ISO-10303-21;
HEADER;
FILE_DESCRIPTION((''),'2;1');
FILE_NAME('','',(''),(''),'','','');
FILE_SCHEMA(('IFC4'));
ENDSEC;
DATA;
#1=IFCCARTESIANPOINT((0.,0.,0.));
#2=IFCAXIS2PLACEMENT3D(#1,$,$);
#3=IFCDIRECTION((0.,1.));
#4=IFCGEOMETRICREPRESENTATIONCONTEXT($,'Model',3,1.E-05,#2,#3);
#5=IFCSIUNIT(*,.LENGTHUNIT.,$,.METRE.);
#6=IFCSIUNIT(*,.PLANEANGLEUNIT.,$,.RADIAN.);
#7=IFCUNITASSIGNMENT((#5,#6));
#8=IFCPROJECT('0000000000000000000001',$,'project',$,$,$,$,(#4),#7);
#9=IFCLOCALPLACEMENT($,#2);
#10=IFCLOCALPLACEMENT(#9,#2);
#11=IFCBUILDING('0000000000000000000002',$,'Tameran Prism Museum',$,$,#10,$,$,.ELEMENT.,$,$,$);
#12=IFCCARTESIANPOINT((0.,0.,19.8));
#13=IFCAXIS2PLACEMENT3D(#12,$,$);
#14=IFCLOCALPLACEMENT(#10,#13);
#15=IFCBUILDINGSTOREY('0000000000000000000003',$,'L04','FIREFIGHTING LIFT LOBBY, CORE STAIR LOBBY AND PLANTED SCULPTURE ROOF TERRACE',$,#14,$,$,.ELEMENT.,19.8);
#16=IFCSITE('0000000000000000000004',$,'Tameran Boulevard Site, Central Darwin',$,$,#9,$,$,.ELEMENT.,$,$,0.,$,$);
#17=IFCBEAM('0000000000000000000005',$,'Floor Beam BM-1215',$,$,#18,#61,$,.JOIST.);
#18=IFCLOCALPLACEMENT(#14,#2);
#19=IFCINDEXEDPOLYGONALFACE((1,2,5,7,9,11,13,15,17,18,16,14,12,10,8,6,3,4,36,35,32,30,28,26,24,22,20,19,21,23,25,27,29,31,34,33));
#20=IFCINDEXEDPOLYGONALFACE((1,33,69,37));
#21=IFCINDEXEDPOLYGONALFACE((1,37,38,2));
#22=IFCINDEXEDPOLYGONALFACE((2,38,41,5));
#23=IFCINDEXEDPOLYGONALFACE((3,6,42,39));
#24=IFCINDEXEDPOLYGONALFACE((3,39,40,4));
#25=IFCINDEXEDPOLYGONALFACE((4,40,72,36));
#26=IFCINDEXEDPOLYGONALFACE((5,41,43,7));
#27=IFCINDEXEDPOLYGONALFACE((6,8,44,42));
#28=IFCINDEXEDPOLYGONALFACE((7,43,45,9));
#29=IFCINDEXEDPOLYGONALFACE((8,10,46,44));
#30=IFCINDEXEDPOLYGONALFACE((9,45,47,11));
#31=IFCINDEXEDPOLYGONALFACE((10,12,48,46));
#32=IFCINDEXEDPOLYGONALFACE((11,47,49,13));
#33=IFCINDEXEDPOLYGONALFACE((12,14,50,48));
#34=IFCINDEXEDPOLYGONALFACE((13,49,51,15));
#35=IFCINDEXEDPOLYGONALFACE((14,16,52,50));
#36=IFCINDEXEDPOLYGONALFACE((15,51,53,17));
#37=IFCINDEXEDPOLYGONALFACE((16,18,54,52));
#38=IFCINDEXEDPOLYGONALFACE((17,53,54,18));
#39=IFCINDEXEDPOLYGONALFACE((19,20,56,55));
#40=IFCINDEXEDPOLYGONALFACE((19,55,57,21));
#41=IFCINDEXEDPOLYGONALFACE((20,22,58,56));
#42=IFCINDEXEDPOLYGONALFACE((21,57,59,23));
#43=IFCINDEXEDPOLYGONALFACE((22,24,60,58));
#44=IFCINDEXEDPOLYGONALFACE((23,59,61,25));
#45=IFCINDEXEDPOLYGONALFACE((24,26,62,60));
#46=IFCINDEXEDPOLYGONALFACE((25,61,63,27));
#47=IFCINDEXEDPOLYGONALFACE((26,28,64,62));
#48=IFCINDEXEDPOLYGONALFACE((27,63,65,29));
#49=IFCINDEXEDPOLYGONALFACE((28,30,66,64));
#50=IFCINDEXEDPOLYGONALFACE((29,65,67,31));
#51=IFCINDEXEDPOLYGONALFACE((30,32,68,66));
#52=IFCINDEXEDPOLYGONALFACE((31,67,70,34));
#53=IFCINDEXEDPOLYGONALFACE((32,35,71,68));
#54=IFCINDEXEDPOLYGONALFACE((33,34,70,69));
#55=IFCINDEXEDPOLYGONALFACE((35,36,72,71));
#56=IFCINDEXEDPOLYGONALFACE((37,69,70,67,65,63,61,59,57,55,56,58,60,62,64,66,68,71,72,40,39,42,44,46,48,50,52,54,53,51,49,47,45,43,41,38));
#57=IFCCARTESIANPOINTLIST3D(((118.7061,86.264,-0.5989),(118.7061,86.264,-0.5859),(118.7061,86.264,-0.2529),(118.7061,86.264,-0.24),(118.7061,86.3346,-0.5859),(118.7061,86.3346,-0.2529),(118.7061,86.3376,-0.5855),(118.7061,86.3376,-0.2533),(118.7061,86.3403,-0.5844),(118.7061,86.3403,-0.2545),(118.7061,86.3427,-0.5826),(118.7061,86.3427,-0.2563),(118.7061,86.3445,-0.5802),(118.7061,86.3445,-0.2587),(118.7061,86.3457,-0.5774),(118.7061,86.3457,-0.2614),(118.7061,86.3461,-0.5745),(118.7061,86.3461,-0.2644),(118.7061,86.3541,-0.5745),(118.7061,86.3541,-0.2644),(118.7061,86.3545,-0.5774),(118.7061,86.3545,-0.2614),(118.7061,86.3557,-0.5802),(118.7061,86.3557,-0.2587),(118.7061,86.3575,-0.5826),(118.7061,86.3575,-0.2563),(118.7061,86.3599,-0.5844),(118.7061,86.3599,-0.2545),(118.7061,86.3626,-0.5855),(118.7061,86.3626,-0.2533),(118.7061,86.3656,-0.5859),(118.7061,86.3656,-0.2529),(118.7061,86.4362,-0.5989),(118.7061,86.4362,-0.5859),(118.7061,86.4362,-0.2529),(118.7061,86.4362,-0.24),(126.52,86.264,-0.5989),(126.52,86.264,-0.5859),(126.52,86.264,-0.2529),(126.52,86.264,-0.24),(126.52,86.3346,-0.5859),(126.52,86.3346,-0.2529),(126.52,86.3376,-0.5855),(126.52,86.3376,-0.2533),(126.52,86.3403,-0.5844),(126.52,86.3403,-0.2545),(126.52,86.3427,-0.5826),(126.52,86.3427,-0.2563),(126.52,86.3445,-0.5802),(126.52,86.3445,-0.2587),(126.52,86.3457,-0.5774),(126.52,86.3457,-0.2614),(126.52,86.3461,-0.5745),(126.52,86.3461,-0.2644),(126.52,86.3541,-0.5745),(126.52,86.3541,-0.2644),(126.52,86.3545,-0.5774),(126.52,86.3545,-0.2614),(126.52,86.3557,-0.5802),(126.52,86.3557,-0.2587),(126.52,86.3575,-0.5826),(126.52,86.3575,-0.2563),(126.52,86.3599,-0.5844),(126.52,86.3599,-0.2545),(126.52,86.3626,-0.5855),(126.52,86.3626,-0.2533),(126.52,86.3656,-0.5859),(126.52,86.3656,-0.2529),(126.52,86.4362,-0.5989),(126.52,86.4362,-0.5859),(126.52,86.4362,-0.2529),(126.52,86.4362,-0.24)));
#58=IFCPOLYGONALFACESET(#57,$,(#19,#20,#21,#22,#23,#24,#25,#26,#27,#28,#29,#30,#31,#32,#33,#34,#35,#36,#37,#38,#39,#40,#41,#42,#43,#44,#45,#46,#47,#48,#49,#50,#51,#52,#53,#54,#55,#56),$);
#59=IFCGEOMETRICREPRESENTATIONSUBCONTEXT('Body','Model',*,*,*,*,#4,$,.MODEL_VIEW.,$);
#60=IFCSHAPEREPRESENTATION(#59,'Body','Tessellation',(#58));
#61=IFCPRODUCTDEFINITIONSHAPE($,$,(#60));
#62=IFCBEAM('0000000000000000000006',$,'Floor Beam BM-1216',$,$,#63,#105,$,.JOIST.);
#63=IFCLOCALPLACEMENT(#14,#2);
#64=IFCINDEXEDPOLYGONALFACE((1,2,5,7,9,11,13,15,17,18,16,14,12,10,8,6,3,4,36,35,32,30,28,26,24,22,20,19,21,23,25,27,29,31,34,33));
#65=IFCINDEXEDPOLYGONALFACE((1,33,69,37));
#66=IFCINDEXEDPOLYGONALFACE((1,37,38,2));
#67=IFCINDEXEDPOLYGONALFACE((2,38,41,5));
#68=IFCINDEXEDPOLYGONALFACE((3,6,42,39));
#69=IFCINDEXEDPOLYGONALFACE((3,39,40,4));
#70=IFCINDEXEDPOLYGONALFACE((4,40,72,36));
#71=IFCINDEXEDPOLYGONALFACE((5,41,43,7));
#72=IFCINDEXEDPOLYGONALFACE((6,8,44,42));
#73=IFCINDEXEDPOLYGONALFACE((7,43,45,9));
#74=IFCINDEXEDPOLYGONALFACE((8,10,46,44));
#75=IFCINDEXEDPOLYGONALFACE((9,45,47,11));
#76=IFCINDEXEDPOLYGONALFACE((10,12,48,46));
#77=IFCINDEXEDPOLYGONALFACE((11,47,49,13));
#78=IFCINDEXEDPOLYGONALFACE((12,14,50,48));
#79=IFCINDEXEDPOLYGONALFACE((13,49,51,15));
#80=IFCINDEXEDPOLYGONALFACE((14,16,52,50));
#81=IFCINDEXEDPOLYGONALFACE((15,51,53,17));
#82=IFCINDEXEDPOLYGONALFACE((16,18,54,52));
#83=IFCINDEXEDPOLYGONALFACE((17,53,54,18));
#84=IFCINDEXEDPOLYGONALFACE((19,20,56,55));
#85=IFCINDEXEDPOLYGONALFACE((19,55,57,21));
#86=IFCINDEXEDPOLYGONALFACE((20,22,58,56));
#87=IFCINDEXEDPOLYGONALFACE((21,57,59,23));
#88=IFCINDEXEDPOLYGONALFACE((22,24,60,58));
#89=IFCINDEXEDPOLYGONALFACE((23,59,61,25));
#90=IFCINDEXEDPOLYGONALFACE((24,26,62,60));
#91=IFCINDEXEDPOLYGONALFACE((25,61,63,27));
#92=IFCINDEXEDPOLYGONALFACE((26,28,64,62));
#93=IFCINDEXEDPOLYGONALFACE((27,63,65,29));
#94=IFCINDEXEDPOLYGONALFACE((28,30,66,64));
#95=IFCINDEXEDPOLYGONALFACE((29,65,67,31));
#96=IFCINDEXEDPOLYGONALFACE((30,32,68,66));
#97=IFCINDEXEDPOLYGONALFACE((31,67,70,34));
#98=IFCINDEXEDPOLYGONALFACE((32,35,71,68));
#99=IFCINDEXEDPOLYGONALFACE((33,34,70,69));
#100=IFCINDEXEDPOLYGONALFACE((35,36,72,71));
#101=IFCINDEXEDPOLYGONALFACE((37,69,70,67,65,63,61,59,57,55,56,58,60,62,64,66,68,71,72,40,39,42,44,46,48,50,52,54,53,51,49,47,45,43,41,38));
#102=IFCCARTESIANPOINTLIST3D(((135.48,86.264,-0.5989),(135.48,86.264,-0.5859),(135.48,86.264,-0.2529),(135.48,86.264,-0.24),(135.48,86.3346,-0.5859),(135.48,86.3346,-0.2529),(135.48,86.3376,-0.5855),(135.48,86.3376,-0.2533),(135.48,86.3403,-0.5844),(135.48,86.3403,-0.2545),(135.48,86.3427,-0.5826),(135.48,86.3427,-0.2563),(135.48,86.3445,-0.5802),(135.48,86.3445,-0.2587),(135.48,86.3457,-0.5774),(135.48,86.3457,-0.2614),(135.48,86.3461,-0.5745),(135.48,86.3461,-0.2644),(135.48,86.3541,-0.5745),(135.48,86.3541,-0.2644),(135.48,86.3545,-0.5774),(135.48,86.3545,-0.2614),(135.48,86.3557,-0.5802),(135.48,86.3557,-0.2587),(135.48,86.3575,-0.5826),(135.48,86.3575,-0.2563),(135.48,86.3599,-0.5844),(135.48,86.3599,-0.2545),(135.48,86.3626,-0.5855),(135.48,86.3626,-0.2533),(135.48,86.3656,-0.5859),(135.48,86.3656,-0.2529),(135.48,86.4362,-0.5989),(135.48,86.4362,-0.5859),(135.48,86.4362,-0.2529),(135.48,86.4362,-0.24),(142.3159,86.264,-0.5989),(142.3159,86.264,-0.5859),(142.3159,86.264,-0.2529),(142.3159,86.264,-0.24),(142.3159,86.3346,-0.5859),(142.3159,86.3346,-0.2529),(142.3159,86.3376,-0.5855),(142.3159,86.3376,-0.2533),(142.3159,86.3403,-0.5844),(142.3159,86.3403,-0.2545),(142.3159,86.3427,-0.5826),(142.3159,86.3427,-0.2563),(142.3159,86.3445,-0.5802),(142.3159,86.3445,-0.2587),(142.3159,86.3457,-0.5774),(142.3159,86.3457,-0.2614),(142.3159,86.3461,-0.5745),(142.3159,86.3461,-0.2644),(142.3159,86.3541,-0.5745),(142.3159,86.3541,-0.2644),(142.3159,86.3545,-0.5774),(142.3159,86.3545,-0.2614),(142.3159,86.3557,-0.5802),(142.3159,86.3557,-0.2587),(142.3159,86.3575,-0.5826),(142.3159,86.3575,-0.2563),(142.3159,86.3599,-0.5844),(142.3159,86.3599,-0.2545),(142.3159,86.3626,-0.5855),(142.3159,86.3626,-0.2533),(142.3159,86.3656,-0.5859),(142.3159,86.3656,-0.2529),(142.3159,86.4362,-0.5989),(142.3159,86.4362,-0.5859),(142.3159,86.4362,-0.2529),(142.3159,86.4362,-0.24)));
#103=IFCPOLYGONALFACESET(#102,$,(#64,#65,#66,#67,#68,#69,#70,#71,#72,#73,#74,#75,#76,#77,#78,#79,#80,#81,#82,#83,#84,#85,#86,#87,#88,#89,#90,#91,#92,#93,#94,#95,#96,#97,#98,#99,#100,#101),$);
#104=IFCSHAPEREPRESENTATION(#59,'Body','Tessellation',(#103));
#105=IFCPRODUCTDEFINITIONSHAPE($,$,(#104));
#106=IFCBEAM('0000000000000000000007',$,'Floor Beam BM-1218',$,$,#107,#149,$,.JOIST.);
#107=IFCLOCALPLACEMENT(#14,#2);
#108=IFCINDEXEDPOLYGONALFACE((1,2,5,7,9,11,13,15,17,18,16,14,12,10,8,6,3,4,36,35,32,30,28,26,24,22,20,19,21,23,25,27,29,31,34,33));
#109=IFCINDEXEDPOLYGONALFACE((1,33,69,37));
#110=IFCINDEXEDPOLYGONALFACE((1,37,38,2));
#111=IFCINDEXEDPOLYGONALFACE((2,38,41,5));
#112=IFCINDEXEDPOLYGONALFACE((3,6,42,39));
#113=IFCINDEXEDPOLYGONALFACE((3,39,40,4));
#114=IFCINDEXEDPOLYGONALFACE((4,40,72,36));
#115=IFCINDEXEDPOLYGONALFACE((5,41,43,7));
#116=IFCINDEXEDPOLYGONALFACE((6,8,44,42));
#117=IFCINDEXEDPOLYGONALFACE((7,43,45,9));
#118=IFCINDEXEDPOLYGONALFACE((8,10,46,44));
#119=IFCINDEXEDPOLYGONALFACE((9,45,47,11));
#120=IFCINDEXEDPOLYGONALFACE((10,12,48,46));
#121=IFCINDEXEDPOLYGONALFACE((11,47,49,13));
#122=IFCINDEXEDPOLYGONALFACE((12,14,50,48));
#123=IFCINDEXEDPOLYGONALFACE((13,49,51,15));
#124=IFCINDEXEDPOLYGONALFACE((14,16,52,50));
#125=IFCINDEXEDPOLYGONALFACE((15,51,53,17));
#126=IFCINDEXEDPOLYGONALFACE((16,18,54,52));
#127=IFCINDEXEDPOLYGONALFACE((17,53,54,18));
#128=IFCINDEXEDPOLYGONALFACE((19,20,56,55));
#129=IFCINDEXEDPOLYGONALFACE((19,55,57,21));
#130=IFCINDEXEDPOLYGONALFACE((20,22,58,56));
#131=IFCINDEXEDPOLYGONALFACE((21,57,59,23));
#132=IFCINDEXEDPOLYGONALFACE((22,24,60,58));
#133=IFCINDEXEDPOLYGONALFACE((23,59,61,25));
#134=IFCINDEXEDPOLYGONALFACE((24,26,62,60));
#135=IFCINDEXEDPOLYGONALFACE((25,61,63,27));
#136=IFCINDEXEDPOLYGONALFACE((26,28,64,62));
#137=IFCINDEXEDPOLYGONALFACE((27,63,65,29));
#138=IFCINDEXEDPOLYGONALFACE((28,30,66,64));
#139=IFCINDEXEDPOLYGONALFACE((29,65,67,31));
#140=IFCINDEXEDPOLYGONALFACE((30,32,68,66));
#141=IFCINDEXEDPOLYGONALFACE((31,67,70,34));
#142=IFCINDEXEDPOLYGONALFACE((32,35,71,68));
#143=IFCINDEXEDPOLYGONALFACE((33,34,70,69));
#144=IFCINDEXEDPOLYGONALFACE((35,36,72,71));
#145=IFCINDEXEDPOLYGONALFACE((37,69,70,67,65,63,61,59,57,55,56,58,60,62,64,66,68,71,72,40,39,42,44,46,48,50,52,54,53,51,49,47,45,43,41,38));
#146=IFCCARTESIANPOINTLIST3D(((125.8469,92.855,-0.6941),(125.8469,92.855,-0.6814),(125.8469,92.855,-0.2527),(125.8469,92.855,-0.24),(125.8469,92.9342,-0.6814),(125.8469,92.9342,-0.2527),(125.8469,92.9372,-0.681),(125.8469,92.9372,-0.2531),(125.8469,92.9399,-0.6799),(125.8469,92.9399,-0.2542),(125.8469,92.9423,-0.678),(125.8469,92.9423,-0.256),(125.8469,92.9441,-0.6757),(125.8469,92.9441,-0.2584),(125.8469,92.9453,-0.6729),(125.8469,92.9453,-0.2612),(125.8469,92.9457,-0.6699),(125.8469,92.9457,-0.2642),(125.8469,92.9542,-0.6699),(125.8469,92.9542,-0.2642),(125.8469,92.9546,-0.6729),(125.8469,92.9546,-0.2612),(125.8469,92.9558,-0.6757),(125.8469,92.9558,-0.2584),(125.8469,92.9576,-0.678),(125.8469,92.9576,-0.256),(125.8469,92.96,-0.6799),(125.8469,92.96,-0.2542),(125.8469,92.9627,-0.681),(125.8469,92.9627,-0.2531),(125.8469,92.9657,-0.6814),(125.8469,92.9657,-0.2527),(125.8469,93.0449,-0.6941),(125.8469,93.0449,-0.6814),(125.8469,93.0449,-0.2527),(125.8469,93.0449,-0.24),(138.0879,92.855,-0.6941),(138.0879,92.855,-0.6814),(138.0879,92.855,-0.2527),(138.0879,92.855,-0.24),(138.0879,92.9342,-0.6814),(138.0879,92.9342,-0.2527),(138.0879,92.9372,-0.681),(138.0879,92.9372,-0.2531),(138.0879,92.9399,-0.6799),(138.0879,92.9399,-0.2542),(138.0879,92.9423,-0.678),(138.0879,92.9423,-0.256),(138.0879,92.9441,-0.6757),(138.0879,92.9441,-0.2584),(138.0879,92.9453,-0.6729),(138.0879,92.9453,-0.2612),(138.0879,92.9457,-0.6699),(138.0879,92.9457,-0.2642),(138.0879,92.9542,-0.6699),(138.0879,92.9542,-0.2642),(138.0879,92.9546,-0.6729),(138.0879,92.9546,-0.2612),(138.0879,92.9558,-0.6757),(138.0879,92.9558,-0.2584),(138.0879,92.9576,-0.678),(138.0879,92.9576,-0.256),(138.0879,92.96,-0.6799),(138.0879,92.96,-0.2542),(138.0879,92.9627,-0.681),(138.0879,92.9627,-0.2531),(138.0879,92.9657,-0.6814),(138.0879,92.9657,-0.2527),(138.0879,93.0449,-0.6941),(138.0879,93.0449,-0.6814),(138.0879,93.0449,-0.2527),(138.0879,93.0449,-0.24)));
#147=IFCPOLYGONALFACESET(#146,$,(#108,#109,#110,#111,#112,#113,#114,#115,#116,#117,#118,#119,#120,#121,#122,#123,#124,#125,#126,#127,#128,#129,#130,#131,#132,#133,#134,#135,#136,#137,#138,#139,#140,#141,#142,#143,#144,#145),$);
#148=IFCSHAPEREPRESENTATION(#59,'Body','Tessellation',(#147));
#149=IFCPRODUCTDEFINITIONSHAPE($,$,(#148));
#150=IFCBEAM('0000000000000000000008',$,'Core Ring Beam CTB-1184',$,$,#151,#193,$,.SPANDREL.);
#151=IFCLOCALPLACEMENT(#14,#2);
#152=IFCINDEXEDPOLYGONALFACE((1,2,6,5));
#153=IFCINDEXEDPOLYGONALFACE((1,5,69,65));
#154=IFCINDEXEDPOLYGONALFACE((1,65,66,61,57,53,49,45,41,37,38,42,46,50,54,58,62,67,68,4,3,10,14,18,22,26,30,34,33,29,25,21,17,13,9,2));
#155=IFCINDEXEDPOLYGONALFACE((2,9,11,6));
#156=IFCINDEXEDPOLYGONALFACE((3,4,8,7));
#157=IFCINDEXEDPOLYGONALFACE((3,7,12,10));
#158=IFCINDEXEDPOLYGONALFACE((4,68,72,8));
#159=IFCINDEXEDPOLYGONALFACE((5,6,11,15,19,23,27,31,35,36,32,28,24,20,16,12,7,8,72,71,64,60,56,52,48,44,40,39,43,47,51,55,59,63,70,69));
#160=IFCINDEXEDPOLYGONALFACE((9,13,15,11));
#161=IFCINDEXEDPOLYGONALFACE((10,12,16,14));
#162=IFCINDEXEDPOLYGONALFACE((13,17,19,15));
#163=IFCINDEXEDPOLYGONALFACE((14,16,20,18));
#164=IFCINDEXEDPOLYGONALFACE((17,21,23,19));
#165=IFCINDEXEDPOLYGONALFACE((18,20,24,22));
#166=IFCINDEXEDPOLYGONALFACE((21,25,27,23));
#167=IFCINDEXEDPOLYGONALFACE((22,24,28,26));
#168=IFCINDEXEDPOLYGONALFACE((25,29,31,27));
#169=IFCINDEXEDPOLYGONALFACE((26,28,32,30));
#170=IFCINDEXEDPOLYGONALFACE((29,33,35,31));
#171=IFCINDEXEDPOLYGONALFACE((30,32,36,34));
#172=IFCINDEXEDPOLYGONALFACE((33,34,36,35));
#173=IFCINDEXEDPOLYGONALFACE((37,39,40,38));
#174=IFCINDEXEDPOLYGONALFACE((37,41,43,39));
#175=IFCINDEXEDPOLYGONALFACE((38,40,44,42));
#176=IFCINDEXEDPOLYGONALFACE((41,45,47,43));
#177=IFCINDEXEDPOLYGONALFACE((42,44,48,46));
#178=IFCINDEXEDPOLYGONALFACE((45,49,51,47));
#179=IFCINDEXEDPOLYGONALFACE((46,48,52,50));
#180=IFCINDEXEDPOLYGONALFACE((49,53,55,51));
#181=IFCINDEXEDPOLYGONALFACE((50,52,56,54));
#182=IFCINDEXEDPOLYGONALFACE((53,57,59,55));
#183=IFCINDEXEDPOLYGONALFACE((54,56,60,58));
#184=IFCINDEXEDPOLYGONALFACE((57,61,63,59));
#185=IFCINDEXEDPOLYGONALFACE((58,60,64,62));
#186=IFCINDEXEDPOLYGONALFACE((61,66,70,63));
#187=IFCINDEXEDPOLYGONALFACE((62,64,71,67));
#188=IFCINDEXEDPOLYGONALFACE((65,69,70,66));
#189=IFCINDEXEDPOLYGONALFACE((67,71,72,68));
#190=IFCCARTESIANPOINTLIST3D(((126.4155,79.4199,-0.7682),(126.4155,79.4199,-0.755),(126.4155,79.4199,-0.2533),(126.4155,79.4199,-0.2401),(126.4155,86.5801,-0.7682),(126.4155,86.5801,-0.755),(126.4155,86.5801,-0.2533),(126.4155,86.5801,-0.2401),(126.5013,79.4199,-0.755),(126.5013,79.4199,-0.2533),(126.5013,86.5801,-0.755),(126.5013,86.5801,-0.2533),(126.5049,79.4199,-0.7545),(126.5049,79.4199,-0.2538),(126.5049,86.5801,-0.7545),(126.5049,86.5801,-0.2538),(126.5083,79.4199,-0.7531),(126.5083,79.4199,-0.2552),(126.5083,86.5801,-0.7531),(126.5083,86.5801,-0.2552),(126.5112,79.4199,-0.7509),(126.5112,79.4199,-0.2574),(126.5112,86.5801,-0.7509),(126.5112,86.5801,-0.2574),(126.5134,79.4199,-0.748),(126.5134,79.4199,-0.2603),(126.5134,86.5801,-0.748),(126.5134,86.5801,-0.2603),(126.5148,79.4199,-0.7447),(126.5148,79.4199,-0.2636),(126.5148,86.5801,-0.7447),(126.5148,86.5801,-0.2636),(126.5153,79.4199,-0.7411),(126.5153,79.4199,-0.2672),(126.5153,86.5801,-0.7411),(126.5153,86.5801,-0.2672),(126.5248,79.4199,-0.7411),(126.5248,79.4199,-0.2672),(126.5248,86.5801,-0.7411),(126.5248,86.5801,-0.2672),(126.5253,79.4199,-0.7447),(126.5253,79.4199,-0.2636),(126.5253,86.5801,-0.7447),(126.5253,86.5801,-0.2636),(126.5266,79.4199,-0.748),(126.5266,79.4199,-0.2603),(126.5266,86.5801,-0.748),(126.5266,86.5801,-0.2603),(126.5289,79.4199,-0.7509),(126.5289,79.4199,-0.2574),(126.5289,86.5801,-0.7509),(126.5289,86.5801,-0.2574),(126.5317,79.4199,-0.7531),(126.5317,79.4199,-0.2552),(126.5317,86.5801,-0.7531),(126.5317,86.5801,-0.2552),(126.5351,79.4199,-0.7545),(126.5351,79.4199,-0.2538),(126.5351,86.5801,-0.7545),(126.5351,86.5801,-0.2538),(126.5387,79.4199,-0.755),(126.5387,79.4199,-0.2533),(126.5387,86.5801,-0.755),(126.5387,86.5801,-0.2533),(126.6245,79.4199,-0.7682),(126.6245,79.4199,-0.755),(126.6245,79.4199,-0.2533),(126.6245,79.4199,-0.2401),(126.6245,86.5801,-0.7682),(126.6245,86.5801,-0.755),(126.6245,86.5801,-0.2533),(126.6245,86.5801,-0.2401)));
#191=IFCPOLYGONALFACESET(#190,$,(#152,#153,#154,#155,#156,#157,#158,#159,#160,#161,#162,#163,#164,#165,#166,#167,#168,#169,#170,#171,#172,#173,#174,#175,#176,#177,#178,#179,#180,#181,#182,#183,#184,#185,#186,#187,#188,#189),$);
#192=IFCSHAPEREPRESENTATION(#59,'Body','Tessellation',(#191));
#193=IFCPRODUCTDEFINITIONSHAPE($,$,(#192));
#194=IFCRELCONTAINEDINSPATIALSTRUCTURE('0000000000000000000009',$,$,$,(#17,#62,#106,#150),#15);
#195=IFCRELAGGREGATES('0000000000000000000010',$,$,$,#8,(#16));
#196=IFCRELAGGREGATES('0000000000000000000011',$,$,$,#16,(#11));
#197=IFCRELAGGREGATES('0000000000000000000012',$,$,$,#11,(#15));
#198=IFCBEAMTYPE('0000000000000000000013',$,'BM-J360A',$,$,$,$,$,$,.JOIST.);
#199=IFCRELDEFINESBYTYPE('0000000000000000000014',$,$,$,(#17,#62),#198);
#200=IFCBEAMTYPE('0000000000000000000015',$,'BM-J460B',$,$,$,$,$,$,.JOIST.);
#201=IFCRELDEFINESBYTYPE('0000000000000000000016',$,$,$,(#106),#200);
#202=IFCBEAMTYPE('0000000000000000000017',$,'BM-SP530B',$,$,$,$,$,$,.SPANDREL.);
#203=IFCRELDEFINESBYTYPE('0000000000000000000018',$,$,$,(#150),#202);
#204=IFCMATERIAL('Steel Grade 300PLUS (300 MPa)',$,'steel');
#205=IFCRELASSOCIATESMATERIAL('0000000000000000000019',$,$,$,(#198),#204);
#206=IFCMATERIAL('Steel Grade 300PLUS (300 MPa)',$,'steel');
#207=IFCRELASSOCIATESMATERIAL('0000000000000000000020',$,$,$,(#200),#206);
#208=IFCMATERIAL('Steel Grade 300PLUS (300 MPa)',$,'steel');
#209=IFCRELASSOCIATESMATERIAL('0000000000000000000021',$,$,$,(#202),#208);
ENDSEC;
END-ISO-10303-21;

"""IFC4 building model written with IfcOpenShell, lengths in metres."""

from ifc_helpers import new_model, si_unit, direction, frame, origin, origin_2d, place, context, subcontext, project, spatial, i_section, extrude, material, material_profile, profile_set, type_object, element, save


model = new_model("IFC4")

# Units and contexts
model_context = context("Model", 3, precision=1e-05, world=origin(), true_north=direction((0.0, 1.0)))
body_context = subcontext(model_context, "Body", "Model", "MODEL_VIEW")
ifc_project = project(units=[si_unit("LENGTHUNIT", "METRE"), si_unit("PLANEANGLEUNIT", "RADIAN")], contexts=[model_context])

# Site, building, storey
site_placement = place(None, origin())
site = spatial("IfcSite", under=ifc_project, at=site_placement, Name="Tameran Boulevard Site, Central Darwin", CompositionType="ELEMENT", RefElevation=0.0)
building_placement = place(site_placement, origin())
building = spatial("IfcBuilding", under=site, at=building_placement, Name="Tameran Prism Museum", CompositionType="ELEMENT")
storey_placement = place(building_placement, frame((0.0, 0.0, 19.8)))
storey = spatial("IfcBuildingStorey", under=building, at=storey_placement, Name="L04", Description="FIREFIGHTING LIFT LOBBY, CORE STAIR LOBBY AND PLANTED SCULPTURE ROOF TERRACE", CompositionType="ELEMENT", Elevation=19.8)

# Beams
ifc_material_1 = material(Name="Steel Grade 300PLUS (300 MPa)", Category="steel")
ifc_material_profile_1 = material_profile(ifc_material_1, i_section(OverallWidth=0.1721, OverallDepth=0.3589, WebThickness=0.0081, FlangeThickness=0.0129, FilletRadius=0.0115, at=origin_2d()))
ifc_profile_set_1 = profile_set([ifc_material_profile_1])
beam_type_1 = type_object("IfcBeamType", Name="BM-J360A", PredefinedType="JOIST", material=ifc_profile_set_1)
beam_1_placement = place(storey_placement, frame((118.7061, 86.3501, -0.4194), z_axis=(1.0, 0.0, 0.0), x_axis=(0.0, 1.0, 0.0)))
element("IfcBeam", 1, at=beam_1_placement, inside=storey, type_object=beam_type_1, Name="Floor Beam BM-1215", PredefinedType="JOIST", context=body_context, shape_type="SweptSolid", body=[
    extrude(i_section(OverallWidth=0.1721, OverallDepth=0.3589, WebThickness=0.0081, FlangeThickness=0.0129, FilletRadius=0.0115, at=origin_2d()), origin(), (0.0, 0.0, 1.0), 7.814),
])
beam_2_placement = place(storey_placement, frame((135.48, 86.3501, -0.4194), z_axis=(1.0, 0.0, 0.0), x_axis=(0.0, 1.0, 0.0)))
element("IfcBeam", 2, at=beam_2_placement, inside=storey, type_object=beam_type_1, Name="Floor Beam BM-1216", PredefinedType="JOIST", context=body_context, shape_type="SweptSolid", body=[
    extrude(i_section(OverallWidth=0.1721, OverallDepth=0.3589, WebThickness=0.0081, FlangeThickness=0.0129, FilletRadius=0.0115, at=origin_2d()), origin(), (0.0, 0.0, 1.0), 6.8359),
])
ifc_material_2 = material(Name="Steel Grade 300PLUS (300 MPa)", Category="steel")
ifc_material_profile_2 = material_profile(ifc_material_2, i_section(OverallWidth=0.1899, OverallDepth=0.4541, WebThickness=0.0085, FlangeThickness=0.0127, FilletRadius=0.0115, at=origin_2d()))
ifc_profile_set_2 = profile_set([ifc_material_profile_2])
beam_type_2 = type_object("IfcBeamType", Name="BM-J460B", PredefinedType="JOIST", material=ifc_profile_set_2)
beam_3_placement = place(storey_placement, frame((125.8469, 92.95, -0.467), z_axis=(1.0, 0.0, 0.0), x_axis=(0.0, 1.0, 0.0)))
element("IfcBeam", 3, at=beam_3_placement, inside=storey, type_object=beam_type_2, Name="Floor Beam BM-1218", PredefinedType="JOIST", context=body_context, shape_type="SweptSolid", body=[
    extrude(i_section(OverallWidth=0.1899, OverallDepth=0.4541, WebThickness=0.0085, FlangeThickness=0.0127, FilletRadius=0.0115, at=origin_2d()), origin(), (0.0, 0.0, 1.0), 12.241),
])
ifc_material_3 = material(Name="Steel Grade 300PLUS (300 MPa)", Category="steel")
ifc_material_profile_3 = material_profile(ifc_material_3, i_section(OverallWidth=0.209, OverallDepth=0.5281, WebThickness=0.0095, FlangeThickness=0.0132, FilletRadius=0.0139, at=origin_2d()))
ifc_profile_set_3 = profile_set([ifc_material_profile_3])
beam_type_3 = type_object("IfcBeamType", Name="BM-SP530B", PredefinedType="SPANDREL", material=ifc_profile_set_3)
beam_4_placement = place(storey_placement, frame((126.52, 86.5801, -0.5042), z_axis=(0.0, -1.0, 0.0), x_axis=(1.0, 0.0, 0.0)))
element("IfcBeam", 4, at=beam_4_placement, inside=storey, type_object=beam_type_3, Name="Core Ring Beam CTB-1184", PredefinedType="SPANDREL", context=body_context, shape_type="SweptSolid", body=[
    extrude(i_section(OverallWidth=0.209, OverallDepth=0.5281, WebThickness=0.0095, FlangeThickness=0.0132, FilletRadius=0.0139, at=origin_2d()), origin(), (0.0, 0.0, 1.0), 7.1602),
])

save(model, "model.ifc")
